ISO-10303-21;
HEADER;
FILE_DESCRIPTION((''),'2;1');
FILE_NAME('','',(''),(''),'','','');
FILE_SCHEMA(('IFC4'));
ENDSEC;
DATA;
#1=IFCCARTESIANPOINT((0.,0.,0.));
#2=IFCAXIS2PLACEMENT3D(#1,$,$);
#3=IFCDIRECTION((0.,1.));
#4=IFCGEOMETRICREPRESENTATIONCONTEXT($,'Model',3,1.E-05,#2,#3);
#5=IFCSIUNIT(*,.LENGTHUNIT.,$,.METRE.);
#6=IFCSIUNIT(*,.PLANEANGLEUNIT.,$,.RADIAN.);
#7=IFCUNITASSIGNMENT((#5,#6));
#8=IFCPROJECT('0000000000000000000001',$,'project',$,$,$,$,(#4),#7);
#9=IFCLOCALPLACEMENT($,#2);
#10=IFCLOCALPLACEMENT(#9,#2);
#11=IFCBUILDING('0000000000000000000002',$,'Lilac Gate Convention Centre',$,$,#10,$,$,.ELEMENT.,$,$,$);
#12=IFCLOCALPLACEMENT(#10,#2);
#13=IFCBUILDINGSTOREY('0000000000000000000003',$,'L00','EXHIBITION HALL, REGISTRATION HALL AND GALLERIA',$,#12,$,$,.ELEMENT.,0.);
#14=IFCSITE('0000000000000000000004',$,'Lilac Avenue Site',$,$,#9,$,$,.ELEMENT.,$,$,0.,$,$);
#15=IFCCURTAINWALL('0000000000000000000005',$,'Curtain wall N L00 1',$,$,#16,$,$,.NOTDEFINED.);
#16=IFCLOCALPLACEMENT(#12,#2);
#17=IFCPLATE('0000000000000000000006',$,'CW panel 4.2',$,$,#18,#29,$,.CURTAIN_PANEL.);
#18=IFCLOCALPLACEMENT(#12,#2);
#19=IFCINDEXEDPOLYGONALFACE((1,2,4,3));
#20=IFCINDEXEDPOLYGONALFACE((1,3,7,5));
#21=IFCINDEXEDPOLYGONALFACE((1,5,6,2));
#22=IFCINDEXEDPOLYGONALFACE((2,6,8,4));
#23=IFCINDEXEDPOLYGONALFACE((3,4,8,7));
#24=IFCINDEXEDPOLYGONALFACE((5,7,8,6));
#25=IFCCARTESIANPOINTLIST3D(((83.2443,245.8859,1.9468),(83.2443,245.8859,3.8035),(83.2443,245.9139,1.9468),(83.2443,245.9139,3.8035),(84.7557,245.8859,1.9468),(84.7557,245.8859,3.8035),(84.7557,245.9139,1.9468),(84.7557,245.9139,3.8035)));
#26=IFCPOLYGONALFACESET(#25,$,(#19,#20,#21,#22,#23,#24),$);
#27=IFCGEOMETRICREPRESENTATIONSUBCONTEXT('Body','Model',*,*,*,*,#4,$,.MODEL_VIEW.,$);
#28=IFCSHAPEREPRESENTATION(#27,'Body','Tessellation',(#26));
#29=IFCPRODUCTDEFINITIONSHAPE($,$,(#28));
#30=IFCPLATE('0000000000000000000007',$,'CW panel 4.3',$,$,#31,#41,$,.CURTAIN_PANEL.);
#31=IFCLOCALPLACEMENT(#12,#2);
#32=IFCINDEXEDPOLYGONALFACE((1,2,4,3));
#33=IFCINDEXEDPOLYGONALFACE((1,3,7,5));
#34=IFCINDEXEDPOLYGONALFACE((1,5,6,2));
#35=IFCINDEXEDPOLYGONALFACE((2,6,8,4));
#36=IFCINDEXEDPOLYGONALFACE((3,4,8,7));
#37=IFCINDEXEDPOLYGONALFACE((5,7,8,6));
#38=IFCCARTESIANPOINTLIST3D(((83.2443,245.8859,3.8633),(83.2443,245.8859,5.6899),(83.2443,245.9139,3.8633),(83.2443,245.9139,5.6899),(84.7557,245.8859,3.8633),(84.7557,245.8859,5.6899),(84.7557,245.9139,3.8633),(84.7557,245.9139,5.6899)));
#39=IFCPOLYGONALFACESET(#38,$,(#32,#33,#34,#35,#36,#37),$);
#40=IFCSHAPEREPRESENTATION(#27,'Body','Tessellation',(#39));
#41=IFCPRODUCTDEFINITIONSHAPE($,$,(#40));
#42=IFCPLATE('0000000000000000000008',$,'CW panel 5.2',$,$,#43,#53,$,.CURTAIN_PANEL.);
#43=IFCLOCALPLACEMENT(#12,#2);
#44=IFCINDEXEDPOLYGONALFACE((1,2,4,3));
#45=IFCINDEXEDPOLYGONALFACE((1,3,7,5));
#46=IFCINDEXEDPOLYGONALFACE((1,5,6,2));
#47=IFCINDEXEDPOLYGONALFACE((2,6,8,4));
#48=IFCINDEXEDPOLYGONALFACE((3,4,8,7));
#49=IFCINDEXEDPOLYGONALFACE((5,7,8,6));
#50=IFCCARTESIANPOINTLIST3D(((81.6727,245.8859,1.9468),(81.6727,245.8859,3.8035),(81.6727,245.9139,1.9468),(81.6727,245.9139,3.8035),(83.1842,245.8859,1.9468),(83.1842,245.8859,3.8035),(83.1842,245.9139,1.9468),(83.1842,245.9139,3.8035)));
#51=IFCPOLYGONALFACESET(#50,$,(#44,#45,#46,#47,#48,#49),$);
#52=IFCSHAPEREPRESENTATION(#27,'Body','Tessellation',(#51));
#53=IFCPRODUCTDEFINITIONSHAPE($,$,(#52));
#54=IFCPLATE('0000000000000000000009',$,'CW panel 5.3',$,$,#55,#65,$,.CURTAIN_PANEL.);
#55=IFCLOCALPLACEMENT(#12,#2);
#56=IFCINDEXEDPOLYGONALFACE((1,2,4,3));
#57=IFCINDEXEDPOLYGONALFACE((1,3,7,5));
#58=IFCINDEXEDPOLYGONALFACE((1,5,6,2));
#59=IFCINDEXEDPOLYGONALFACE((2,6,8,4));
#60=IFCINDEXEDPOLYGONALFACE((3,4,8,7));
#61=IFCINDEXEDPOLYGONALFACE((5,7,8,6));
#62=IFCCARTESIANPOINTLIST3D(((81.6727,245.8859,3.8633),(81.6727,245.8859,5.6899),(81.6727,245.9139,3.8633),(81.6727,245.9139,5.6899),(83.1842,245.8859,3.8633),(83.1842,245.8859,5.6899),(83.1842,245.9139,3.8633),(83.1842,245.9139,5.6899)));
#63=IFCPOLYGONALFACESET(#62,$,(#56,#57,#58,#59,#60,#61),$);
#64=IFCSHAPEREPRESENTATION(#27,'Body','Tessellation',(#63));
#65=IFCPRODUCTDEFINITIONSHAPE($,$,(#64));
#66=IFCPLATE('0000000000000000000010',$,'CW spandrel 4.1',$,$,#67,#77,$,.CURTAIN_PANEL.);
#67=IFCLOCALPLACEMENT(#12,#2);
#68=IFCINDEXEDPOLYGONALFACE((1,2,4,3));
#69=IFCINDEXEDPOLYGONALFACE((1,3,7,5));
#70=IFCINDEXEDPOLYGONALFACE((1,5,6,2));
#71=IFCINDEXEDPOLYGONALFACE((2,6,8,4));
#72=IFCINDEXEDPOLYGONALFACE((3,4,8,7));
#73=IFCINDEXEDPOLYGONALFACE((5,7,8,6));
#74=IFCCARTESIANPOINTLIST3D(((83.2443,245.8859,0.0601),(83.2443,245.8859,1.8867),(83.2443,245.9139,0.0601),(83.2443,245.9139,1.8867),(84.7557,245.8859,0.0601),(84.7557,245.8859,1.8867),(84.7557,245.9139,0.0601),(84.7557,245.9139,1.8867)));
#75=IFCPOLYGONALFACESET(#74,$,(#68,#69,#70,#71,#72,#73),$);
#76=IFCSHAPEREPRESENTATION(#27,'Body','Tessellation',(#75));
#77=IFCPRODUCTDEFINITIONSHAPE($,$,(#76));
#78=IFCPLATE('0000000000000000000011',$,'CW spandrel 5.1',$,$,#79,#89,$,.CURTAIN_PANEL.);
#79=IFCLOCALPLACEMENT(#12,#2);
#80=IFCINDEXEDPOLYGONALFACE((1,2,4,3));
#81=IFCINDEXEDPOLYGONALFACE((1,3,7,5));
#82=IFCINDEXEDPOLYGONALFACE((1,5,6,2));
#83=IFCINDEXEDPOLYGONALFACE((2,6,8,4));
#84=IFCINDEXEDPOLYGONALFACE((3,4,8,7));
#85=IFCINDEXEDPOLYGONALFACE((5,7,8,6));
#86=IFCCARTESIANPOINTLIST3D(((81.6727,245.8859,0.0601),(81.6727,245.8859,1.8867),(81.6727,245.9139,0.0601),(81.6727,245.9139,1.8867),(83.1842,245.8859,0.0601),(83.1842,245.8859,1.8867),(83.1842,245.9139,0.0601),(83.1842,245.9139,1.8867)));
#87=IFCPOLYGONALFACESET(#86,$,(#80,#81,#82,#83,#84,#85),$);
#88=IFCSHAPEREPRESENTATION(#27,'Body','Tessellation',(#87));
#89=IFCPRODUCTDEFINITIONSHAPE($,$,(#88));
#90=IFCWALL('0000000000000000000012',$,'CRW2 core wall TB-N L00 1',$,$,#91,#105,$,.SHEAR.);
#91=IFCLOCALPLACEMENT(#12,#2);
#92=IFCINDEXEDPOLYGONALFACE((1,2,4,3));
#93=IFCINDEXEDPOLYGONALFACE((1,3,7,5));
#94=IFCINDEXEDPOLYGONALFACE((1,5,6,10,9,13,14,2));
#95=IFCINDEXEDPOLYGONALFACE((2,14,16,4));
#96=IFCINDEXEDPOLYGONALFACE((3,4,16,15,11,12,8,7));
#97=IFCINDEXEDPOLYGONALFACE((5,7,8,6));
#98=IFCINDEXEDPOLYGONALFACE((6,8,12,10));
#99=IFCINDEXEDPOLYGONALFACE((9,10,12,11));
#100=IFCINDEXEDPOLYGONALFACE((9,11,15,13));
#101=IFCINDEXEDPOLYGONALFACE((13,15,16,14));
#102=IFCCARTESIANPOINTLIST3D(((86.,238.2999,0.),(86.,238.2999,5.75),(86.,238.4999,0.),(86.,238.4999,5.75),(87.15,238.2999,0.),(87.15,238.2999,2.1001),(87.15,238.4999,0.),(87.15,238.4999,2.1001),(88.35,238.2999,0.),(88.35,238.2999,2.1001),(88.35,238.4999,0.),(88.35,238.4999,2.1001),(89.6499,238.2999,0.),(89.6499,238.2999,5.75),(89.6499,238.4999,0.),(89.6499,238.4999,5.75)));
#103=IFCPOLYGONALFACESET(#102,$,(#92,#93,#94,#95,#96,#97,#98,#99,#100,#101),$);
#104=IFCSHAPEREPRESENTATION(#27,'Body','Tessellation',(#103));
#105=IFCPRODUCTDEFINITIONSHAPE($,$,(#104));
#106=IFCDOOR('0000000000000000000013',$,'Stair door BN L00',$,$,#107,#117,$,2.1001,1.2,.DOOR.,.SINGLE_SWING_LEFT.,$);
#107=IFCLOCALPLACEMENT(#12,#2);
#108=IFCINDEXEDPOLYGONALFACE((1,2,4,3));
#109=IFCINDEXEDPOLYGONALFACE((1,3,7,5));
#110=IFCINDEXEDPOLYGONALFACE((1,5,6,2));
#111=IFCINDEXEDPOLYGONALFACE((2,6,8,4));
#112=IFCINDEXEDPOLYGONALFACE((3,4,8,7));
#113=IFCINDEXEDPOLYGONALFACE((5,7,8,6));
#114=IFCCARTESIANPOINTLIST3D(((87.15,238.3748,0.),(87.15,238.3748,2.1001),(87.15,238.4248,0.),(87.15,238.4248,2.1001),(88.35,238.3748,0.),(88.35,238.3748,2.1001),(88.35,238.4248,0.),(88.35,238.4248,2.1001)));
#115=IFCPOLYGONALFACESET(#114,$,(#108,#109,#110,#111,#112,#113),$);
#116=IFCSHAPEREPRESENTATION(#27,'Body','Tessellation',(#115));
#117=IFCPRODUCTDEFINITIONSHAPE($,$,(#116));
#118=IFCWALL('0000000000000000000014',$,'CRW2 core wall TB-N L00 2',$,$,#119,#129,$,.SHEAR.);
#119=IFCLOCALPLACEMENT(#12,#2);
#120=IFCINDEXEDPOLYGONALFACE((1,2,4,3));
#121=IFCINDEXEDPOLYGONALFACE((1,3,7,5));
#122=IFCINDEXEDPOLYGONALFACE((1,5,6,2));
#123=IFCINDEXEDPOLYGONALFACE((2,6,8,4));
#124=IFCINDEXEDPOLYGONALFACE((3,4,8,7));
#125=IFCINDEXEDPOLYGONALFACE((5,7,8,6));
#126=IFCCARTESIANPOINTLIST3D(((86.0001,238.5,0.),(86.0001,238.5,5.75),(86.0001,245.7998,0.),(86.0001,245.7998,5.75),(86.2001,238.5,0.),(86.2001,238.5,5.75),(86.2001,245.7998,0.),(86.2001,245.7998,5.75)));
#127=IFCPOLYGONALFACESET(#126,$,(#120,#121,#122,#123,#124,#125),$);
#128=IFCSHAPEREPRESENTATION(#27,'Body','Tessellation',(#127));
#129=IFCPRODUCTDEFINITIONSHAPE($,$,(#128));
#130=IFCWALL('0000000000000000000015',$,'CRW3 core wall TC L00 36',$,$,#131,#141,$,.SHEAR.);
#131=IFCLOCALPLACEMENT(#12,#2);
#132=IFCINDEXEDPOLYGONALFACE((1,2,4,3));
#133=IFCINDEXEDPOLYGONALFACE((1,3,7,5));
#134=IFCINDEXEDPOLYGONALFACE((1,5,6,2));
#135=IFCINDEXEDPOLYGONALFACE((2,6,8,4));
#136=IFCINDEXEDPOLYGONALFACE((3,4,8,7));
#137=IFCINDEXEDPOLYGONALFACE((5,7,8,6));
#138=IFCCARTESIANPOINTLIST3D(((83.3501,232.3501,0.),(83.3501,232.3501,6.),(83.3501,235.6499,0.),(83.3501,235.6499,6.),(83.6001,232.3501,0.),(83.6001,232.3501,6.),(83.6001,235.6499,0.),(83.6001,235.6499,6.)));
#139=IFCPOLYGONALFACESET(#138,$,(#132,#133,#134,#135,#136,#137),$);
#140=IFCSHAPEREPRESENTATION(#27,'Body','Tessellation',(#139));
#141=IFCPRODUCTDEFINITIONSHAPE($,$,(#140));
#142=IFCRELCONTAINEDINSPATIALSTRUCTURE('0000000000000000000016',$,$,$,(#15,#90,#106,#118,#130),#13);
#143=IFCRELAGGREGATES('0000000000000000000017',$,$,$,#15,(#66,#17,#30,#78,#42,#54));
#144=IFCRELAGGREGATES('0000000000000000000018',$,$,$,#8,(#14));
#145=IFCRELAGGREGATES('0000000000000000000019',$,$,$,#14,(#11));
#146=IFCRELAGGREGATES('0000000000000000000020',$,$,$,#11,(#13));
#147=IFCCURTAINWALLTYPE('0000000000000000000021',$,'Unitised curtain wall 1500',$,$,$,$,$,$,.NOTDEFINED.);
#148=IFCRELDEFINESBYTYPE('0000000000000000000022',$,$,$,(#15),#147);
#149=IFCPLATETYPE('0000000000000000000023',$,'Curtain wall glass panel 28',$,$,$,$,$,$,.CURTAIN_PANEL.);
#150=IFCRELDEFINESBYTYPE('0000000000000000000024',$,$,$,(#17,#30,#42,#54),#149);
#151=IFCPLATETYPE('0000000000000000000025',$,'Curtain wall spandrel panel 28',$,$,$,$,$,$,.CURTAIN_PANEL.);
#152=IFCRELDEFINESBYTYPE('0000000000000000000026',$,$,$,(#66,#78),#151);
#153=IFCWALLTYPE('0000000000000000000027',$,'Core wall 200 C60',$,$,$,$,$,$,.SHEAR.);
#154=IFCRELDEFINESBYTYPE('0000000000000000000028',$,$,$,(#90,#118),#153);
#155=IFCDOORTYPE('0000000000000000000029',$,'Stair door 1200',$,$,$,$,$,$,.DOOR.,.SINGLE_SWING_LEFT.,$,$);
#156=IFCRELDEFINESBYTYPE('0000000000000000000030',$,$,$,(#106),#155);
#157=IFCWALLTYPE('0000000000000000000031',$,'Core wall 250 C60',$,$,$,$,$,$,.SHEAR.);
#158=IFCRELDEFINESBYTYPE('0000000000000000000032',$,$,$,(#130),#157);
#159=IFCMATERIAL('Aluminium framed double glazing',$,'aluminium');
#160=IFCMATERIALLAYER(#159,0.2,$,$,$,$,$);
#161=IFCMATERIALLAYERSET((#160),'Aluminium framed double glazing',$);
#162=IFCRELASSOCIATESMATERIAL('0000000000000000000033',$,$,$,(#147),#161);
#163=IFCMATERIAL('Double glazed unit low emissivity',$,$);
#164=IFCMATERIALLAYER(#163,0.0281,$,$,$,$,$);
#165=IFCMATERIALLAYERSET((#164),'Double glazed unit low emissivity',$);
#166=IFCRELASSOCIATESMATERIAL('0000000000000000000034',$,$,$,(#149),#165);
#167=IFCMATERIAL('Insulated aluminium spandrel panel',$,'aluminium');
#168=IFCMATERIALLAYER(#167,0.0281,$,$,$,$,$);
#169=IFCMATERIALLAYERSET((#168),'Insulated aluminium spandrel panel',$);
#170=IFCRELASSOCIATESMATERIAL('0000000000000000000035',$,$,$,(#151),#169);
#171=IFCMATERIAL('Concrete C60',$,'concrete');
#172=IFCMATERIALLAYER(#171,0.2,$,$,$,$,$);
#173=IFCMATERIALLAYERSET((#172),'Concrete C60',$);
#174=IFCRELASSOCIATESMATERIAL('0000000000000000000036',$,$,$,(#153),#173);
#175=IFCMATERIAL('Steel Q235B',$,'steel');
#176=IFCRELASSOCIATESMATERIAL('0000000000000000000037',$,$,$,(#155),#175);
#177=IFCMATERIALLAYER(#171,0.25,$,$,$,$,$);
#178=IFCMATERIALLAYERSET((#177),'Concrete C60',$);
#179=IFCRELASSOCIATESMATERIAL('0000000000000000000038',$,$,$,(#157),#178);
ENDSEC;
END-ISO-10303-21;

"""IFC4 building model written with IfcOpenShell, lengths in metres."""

from ifc_helpers import new_model, si_unit, direction, frame, frame_2d, origin, origin_2d, place, context, subcontext, project, spatial, rectangle, extrude, material, layer, layer_set, type_object, element, fill, aggregate, save


model = new_model("IFC4")

# Units and contexts
model_context = context("Model", 3, precision=1e-05, world=origin(), true_north=direction((0.0, 1.0)))
body_context = subcontext(model_context, "Body", "Model", "MODEL_VIEW")
ifc_project = project(units=[si_unit("LENGTHUNIT", "METRE"), si_unit("PLANEANGLEUNIT", "RADIAN")], contexts=[model_context])

# Site, building, storey
site_placement = place(None, origin())
site = spatial("IfcSite", under=ifc_project, at=site_placement, Name="Lilac Avenue Site", CompositionType="ELEMENT", RefElevation=0.0)
building_placement = place(site_placement, origin())
building = spatial("IfcBuilding", under=site, at=building_placement, Name="Lilac Gate Convention Centre", CompositionType="ELEMENT")
storey_placement = place(building_placement, origin())
storey = spatial("IfcBuildingStorey", under=building, at=storey_placement, Name="L00", Description="EXHIBITION HALL, REGISTRATION HALL AND GALLERIA", CompositionType="ELEMENT", Elevation=0.0)

# Curtain wall
ifc_material_1 = material(Name="Aluminium framed double glazing", Category="aluminium")
ifc_layer_1 = layer(ifc_material_1, 0.2)
ifc_layer_set_1 = layer_set([ifc_layer_1], Name="Aluminium framed double glazing")
curtain_wall_type = type_object("IfcCurtainWallType", Name="Unitised curtain wall 1500", PredefinedType="NOTDEFINED", material=ifc_layer_set_1)
curtain_wall_placement = place(storey_placement, origin())
curtain_wall = element("IfcCurtainWall", 1, at=curtain_wall_placement, inside=storey, type_object=curtain_wall_type, Name="Curtain wall N L00 1", PredefinedType="NOTDEFINED")

# Plates
ifc_material_2 = material(Name="Double glazed unit low emissivity")
ifc_layer_2 = layer(ifc_material_2, 0.0281)
ifc_layer_set_2 = layer_set([ifc_layer_2], Name="Double glazed unit low emissivity")
plate_type_1 = type_object("IfcPlateType", Name="Curtain wall glass panel 28", PredefinedType="CURTAIN_PANEL", material=ifc_layer_set_2)
plate_1_placement = place(storey_placement, frame((84.0, 245.8999, 1.9468), z_axis=(0.0, 0.0, 1.0), x_axis=(-1.0, 0.0, 0.0)))
plate_1 = element("IfcPlate", 2, at=plate_1_placement, type_object=plate_type_1, Name="CW panel 4.2", PredefinedType="CURTAIN_PANEL", context=body_context, shape_type="SweptSolid", body=[
    extrude(rectangle(XDim=1.5115, YDim=0.0281, at=origin_2d()), origin(), (0.0, 0.0, 1.0), 1.8567),
])
plate_2_placement = place(storey_placement, frame((84.0, 245.8999, 3.8633), z_axis=(0.0, 0.0, 1.0), x_axis=(-1.0, 0.0, 0.0)))
plate_2 = element("IfcPlate", 3, at=plate_2_placement, type_object=plate_type_1, Name="CW panel 4.3", PredefinedType="CURTAIN_PANEL", context=body_context, shape_type="SweptSolid", body=[
    extrude(rectangle(XDim=1.5115, YDim=0.0281, at=origin_2d()), origin(), (0.0, 0.0, 1.0), 1.8267),
])
plate_3_placement = place(storey_placement, frame((82.4285, 245.8999, 1.9468), z_axis=(0.0, 0.0, 1.0), x_axis=(-1.0, 0.0, 0.0)))
plate_3 = element("IfcPlate", 4, at=plate_3_placement, type_object=plate_type_1, Name="CW panel 5.2", PredefinedType="CURTAIN_PANEL", context=body_context, shape_type="SweptSolid", body=[
    extrude(rectangle(XDim=1.5115, YDim=0.0281, at=origin_2d()), origin(), (0.0, 0.0, 1.0), 1.8567),
])
plate_4_placement = place(storey_placement, frame((82.4285, 245.8999, 3.8633), z_axis=(0.0, 0.0, 1.0), x_axis=(-1.0, 0.0, 0.0)))
plate_4 = element("IfcPlate", 5, at=plate_4_placement, type_object=plate_type_1, Name="CW panel 5.3", PredefinedType="CURTAIN_PANEL", context=body_context, shape_type="SweptSolid", body=[
    extrude(rectangle(XDim=1.5115, YDim=0.0281, at=origin_2d()), origin(), (0.0, 0.0, 1.0), 1.8267),
])
ifc_material_3 = material(Name="Insulated aluminium spandrel panel", Category="aluminium")
ifc_layer_3 = layer(ifc_material_3, 0.0281)
ifc_layer_set_3 = layer_set([ifc_layer_3], Name="Insulated aluminium spandrel panel")
plate_type_2 = type_object("IfcPlateType", Name="Curtain wall spandrel panel 28", PredefinedType="CURTAIN_PANEL", material=ifc_layer_set_3)
plate_5_placement = place(storey_placement, frame((84.0, 245.8999, 0.0601), z_axis=(0.0, 0.0, 1.0), x_axis=(-1.0, 0.0, 0.0)))
plate_5 = element("IfcPlate", 6, at=plate_5_placement, type_object=plate_type_2, Name="CW spandrel 4.1", PredefinedType="CURTAIN_PANEL", context=body_context, shape_type="SweptSolid", body=[
    extrude(rectangle(XDim=1.5115, YDim=0.0281, at=origin_2d()), origin(), (0.0, 0.0, 1.0), 1.8267),
])
plate_6_placement = place(storey_placement, frame((82.4285, 245.8999, 0.0601), z_axis=(0.0, 0.0, 1.0), x_axis=(-1.0, 0.0, 0.0)))
plate_6 = element("IfcPlate", 7, at=plate_6_placement, type_object=plate_type_2, Name="CW spandrel 5.1", PredefinedType="CURTAIN_PANEL", context=body_context, shape_type="SweptSolid", body=[
    extrude(rectangle(XDim=1.5115, YDim=0.0281, at=origin_2d()), origin(), (0.0, 0.0, 1.0), 1.8267),
])
aggregate(curtain_wall, [plate_5, plate_1, plate_2, plate_6, plate_3, plate_4])

# Wall, opening, door
ifc_material_4 = material(Name="Concrete C60", Category="concrete")
ifc_layer_4 = layer(ifc_material_4, 0.2)
ifc_layer_set_4 = layer_set([ifc_layer_4], Name="Concrete C60")
wall_type_1 = type_object("IfcWallType", Name="Core wall 200 C60", PredefinedType="SHEAR", material=ifc_layer_set_4)
wall_1_placement = place(storey_placement, frame((86.0, 238.3999, 0.0), z_axis=(0.0, 0.0, 1.0), x_axis=(1.0, 0.0, 0.0)))
wall_1 = element("IfcWall", 8, at=wall_1_placement, inside=storey, type_object=wall_type_1, Name="CRW2 core wall TB-N L00 1", PredefinedType="SHEAR", context=body_context, shape_type="SweptSolid", body=[
    extrude(rectangle(XDim=3.6499, YDim=0.2, at=frame_2d((1.825, 0.0))), origin(), (0.0, 0.0, 1.0), 5.75),
])
opening_1_placement = place(wall_1_placement, frame((1.1499, 0.0, 0.0)))
opening_1 = element("IfcOpeningElement", 9, at=opening_1_placement, cuts=wall_1, PredefinedType="OPENING", context=body_context, shape_type="SweptSolid", body=[
    extrude(rectangle(XDim=1.2, YDim=2.1001, at=frame_2d((0.6001, 1.05))), frame((0.0, 0.1099, 0.0), z_axis=(0.0, -1.0, 0.0), x_axis=(1.0, 0.0, 0.0)), (0.0, 0.0, 1.0), 0.22),
])
ifc_material_5 = material(Name="Steel Q235B", Category="steel")
door_type_1 = type_object("IfcDoorType", Name="Stair door 1200", OperationType="SINGLE_SWING_LEFT", PredefinedType="DOOR", material=ifc_material_5)
door_1_placement = place(opening_1_placement, origin())
door_1 = element("IfcDoor", 10, at=door_1_placement, inside=storey, type_object=door_type_1, Name="Stair door BN L00", OperationType="SINGLE_SWING_LEFT", OverallHeight=2.1001, OverallWidth=1.2, PredefinedType="DOOR", context=body_context, shape_type="SweptSolid", body=[
    extrude(rectangle(XDim=1.2, YDim=2.1001, at=frame_2d((0.6001, 1.05))), frame((0.0, 0.0249, 0.0), z_axis=(0.0, -1.0, 0.0), x_axis=(1.0, 0.0, 0.0)), (0.0, 0.0, 1.0), 0.05),
])
fill(opening_1, door_1)

# Walls
wall_2_placement = place(storey_placement, frame((86.1001, 238.5, 0.0), z_axis=(0.0, 0.0, 1.0), x_axis=(0.0, 1.0, 0.0)))
element("IfcWall", 11, at=wall_2_placement, inside=storey, type_object=wall_type_1, Name="CRW2 core wall TB-N L00 2", PredefinedType="SHEAR", context=body_context, shape_type="SweptSolid", body=[
    extrude(rectangle(XDim=7.2998, YDim=0.2, at=frame_2d((3.6499, 0.0))), origin(), (0.0, 0.0, 1.0), 5.75),
])
ifc_layer_5 = layer(ifc_material_4, 0.25)
ifc_layer_set_5 = layer_set([ifc_layer_5], Name="Concrete C60")
wall_type_2 = type_object("IfcWallType", Name="Core wall 250 C60", PredefinedType="SHEAR", material=ifc_layer_set_5)
wall_3_placement = place(storey_placement, frame((83.4751, 232.3501, 0.0), z_axis=(0.0, 0.0, 1.0), x_axis=(0.0, 1.0, 0.0)))
element("IfcWall", 12, at=wall_3_placement, inside=storey, type_object=wall_type_2, Name="CRW3 core wall TC L00 36", PredefinedType="SHEAR", context=body_context, shape_type="SweptSolid", body=[
    extrude(rectangle(XDim=3.2998, YDim=0.25, at=frame_2d((1.6499, 0.0))), origin(), (0.0, 0.0, 1.0), 6.0),
])

save(model, "model.ifc")
